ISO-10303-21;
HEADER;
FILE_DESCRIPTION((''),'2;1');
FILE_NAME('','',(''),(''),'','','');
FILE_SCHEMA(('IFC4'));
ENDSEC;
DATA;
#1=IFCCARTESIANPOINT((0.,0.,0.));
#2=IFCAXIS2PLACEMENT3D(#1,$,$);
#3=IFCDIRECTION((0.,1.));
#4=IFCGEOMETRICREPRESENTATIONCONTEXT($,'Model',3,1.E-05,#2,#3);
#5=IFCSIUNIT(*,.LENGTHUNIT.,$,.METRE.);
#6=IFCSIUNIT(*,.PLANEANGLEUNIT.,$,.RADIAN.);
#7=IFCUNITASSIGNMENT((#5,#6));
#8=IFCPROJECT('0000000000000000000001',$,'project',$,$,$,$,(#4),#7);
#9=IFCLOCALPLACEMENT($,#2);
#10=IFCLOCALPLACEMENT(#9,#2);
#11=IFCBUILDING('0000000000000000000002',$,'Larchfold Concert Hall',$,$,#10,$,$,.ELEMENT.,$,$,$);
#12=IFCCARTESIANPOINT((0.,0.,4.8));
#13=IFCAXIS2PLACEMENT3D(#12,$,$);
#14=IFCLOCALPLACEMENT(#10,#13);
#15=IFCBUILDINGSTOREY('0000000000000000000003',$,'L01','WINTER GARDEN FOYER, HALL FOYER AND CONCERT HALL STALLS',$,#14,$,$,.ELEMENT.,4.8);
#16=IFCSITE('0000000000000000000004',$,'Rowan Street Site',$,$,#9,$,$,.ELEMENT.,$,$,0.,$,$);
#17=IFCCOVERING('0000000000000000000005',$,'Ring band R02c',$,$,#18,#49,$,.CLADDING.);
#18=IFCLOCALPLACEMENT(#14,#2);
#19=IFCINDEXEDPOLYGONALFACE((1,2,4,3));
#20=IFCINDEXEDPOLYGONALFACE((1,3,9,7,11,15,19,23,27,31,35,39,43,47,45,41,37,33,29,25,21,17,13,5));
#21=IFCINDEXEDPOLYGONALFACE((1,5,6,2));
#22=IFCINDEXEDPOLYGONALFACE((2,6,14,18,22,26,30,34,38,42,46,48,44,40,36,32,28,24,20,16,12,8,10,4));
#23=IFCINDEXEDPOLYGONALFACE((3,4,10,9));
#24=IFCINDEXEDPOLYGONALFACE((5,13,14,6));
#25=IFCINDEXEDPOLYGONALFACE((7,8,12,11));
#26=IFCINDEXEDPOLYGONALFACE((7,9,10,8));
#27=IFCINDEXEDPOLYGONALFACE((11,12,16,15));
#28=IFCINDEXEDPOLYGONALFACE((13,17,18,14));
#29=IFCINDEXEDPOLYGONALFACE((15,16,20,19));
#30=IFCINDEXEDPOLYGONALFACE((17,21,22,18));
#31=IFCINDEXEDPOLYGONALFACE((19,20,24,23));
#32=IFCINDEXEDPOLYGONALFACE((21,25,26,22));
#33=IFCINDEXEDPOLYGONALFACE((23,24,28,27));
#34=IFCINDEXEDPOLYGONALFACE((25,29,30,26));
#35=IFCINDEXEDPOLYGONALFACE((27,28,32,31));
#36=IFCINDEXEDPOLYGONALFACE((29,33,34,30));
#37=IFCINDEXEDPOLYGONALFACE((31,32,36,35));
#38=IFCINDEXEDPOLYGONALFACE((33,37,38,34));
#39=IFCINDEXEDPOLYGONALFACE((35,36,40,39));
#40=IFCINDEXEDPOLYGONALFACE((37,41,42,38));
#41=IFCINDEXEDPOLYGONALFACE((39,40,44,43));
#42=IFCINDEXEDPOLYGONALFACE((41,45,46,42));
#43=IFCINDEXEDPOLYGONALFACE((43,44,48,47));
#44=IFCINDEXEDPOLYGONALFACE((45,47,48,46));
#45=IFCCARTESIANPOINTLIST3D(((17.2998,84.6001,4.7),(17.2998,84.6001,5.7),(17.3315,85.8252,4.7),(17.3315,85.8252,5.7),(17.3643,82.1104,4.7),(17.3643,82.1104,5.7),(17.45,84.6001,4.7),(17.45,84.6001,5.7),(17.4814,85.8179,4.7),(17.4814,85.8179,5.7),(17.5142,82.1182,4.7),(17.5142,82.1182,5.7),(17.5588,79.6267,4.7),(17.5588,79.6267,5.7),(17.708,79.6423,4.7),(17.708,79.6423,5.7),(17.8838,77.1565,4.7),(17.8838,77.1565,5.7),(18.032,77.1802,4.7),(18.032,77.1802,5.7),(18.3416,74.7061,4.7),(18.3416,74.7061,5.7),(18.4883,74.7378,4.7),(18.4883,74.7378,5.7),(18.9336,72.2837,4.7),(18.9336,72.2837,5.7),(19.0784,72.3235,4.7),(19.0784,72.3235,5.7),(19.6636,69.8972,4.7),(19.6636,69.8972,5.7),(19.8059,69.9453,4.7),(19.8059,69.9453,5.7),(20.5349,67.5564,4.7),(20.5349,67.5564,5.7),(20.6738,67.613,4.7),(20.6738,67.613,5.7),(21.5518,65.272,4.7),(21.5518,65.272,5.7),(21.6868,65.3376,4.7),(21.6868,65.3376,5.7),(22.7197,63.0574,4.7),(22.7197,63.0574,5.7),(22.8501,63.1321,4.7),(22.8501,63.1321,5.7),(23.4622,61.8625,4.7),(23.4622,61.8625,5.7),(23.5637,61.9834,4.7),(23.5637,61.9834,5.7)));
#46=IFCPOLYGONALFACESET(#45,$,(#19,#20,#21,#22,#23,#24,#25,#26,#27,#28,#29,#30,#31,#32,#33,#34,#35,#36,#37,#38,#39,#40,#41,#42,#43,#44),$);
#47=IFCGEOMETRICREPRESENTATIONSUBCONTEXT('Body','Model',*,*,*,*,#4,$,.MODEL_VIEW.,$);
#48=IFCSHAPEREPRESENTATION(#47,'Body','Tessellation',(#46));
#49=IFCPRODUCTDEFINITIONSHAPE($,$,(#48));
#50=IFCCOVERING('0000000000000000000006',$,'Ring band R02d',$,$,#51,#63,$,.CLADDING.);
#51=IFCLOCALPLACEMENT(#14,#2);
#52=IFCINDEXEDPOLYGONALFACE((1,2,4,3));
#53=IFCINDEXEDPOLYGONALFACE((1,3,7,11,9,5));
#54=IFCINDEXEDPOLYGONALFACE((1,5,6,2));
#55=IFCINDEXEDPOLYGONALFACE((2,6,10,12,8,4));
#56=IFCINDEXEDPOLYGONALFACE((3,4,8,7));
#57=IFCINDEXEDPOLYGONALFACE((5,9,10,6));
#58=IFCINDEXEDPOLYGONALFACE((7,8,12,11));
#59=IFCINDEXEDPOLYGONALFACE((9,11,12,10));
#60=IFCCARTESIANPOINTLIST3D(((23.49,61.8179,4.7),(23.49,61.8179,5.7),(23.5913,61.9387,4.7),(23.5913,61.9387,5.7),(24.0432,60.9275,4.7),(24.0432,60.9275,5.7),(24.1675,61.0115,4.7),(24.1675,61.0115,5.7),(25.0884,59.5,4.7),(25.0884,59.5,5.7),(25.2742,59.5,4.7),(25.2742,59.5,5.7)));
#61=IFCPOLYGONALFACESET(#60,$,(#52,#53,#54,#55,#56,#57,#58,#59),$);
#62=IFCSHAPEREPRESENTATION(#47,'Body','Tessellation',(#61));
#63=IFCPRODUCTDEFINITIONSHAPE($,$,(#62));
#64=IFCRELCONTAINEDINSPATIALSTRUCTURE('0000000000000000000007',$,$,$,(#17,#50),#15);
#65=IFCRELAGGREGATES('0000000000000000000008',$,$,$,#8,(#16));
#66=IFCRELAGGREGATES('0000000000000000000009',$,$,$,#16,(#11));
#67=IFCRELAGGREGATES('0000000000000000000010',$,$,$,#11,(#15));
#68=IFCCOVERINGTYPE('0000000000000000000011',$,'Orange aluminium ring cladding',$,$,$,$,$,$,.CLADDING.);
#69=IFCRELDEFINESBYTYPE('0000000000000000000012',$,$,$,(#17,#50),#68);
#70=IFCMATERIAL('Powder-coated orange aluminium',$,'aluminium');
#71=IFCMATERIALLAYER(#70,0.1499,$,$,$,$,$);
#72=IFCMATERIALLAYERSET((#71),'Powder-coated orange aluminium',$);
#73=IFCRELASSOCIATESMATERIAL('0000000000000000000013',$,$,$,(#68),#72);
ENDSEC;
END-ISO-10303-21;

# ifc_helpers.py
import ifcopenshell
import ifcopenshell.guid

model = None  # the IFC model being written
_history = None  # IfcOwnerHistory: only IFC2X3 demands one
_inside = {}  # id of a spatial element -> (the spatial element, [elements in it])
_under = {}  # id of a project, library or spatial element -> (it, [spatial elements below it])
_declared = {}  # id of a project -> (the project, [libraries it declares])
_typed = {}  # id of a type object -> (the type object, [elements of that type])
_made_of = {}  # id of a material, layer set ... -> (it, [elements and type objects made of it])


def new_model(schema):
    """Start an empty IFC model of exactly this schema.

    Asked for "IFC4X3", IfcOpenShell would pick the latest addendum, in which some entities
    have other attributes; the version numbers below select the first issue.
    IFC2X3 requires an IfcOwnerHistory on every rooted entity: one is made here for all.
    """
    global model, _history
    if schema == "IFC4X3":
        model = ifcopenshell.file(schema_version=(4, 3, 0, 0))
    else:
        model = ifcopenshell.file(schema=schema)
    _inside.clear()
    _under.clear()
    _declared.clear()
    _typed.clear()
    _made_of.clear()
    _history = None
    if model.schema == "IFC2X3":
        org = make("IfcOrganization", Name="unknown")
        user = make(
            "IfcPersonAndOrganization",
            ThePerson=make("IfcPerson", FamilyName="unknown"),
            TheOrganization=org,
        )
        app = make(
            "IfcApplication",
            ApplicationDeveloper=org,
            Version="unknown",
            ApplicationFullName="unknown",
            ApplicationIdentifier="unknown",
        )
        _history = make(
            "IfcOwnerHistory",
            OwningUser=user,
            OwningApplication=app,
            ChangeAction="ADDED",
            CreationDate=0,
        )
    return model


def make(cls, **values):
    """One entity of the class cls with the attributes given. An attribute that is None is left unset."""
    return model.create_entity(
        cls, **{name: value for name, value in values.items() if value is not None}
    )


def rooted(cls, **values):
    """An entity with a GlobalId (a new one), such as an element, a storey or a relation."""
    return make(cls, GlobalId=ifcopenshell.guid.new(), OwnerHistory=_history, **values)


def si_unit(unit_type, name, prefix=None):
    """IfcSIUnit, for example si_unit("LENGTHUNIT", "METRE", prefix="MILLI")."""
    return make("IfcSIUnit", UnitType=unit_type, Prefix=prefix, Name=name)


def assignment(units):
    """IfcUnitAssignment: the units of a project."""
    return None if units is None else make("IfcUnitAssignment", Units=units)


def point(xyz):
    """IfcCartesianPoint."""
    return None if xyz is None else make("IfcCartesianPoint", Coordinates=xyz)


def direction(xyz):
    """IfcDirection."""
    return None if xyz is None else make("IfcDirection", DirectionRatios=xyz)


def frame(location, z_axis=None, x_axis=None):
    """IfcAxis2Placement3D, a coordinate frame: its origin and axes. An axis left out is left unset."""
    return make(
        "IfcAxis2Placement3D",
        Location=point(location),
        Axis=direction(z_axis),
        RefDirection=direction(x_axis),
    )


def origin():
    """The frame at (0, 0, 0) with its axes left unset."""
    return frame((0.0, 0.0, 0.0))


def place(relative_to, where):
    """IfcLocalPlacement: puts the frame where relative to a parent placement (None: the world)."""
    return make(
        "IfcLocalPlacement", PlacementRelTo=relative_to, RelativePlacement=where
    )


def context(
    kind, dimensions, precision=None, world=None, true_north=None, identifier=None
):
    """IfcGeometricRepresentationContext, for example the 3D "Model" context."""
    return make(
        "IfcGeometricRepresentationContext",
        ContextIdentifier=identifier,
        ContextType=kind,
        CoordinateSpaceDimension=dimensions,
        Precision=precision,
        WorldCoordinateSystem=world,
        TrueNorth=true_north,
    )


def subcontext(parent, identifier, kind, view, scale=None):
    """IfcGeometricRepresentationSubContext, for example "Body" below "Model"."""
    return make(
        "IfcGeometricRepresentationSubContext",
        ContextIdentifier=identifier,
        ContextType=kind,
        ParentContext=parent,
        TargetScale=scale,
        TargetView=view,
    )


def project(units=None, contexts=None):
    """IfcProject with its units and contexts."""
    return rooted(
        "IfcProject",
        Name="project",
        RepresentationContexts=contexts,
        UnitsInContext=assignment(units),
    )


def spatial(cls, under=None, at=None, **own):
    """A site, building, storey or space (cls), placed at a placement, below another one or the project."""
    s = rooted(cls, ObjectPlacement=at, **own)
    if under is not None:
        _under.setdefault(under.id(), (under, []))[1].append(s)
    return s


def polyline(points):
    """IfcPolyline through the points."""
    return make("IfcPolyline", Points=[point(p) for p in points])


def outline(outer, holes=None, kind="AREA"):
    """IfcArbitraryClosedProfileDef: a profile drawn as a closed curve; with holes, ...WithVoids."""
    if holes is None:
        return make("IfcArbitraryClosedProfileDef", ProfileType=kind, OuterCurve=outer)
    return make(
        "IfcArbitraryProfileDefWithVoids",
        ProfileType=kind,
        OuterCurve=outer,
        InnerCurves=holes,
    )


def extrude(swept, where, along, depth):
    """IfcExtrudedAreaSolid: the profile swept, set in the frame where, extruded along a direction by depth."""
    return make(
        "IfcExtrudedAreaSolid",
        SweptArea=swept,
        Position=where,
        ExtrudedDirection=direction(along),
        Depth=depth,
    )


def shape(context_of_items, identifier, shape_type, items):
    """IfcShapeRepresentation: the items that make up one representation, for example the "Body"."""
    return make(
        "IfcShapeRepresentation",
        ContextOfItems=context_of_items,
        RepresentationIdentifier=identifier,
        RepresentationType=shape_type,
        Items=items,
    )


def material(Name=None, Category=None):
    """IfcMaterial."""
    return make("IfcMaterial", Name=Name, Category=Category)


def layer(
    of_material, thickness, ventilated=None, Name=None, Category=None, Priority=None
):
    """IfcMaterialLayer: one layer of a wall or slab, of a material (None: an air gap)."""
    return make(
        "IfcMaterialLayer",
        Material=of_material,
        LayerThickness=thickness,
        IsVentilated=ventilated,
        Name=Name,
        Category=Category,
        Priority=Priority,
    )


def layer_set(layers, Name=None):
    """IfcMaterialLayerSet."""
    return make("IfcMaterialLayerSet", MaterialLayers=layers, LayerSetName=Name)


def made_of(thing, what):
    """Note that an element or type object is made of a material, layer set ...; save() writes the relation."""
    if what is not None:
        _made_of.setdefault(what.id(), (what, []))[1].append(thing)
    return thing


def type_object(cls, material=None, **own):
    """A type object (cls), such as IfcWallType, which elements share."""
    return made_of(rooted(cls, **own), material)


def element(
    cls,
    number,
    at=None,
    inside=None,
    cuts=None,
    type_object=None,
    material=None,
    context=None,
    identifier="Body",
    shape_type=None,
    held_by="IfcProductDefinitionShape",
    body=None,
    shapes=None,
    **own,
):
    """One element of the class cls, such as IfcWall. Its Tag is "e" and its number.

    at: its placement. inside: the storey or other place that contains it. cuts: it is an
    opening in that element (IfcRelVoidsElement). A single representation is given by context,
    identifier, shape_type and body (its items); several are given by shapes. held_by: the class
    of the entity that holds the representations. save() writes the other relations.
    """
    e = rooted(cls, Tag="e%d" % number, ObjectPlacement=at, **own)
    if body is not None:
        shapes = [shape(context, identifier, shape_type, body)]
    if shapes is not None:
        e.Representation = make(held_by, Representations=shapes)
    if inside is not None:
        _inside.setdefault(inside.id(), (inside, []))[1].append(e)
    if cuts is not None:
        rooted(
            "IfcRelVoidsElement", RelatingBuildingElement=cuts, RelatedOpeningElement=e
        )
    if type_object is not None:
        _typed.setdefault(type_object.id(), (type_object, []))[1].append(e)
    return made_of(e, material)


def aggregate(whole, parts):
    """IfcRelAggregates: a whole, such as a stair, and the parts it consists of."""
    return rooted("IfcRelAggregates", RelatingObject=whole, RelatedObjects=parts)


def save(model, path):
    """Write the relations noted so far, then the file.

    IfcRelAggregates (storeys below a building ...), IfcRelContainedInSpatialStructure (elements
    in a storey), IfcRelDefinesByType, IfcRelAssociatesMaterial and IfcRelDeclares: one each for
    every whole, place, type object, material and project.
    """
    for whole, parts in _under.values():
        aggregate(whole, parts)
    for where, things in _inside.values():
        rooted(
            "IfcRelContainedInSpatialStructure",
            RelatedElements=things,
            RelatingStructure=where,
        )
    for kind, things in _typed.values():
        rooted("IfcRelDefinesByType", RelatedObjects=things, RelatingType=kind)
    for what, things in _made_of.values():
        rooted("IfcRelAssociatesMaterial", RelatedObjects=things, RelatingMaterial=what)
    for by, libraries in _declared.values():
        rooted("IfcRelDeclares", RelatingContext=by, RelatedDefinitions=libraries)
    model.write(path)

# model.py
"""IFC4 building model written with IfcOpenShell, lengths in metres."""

from ifc_helpers import new_model, si_unit, direction, frame, origin, place, context, subcontext, project, spatial, polyline, outline, extrude, material, layer, layer_set, type_object, element, save


model = new_model("IFC4")

# Units and contexts
model_context = context("Model", 3, precision=1e-05, world=origin(), true_north=direction((0.0, 1.0)))
body_context = subcontext(model_context, "Body", "Model", "MODEL_VIEW")
ifc_project = project(units=[si_unit("LENGTHUNIT", "METRE"), si_unit("PLANEANGLEUNIT", "RADIAN")], contexts=[model_context])

# Site, building, storey
site_placement = place(None, origin())
site = spatial("IfcSite", under=ifc_project, at=site_placement, Name="Rowan Street Site", CompositionType="ELEMENT", RefElevation=0.0)
building_placement = place(site_placement, origin())
building = spatial("IfcBuilding", under=site, at=building_placement, Name="Larchfold Concert Hall", CompositionType="ELEMENT")
storey_placement = place(building_placement, frame((0.0, 0.0, 4.8)))
storey = spatial("IfcBuildingStorey", under=building, at=storey_placement, Name="L01", Description="WINTER GARDEN FOYER, HALL FOYER AND CONCERT HALL STALLS", CompositionType="ELEMENT", Elevation=4.8)

# Coverings
ifc_material_1 = material(Name="Powder-coated orange aluminium", Category="aluminium")
ifc_layer_1 = layer(ifc_material_1, 0.1499)
ifc_layer_set_1 = layer_set([ifc_layer_1], Name="Powder-coated orange aluminium")
covering_type_1 = type_object("IfcCoveringType", Name="Orange aluminium ring cladding", PredefinedType="CLADDING", material=ifc_layer_set_1)
covering_1_placement = place(storey_placement, frame((0.0, 0.0, 4.7)))
element("IfcCovering", 1, at=covering_1_placement, inside=storey, type_object=covering_type_1, Name="Ring band R02c", PredefinedType="CLADDING", context=body_context, shape_type="SweptSolid", body=[
    extrude(outline(polyline([(17.45, 84.6001), (17.4814, 85.8179), (17.3315, 85.8252), (17.2998, 84.6001), (17.3643, 82.1104), (17.5588, 79.6267), (17.8838, 77.1565), (18.3416, 74.7061), (18.9336, 72.2837), (19.6636, 69.8972), (20.5349, 67.5564), (21.5518, 65.272), (22.7197, 63.0574), (23.4622, 61.8625), (23.5637, 61.9834), (22.8501, 63.1321), (21.6868, 65.3376), (20.6738, 67.613), (19.8059, 69.9453), (19.0784, 72.3235), (18.4883, 74.7378), (18.032, 77.1802), (17.708, 79.6423), (17.5142, 82.1182), (17.45, 84.6001)])), origin(), (0.0, 0.0, 1.0), 1.0),
])
covering_2_placement = place(storey_placement, frame((0.0, 0.0, 4.7)))
element("IfcCovering", 2, at=covering_2_placement, inside=storey, type_object=covering_type_1, Name="Ring band R02d", PredefinedType="CLADDING", context=body_context, shape_type="SweptSolid", body=[
    extrude(outline(polyline([(23.5913, 61.9387), (23.49, 61.8179), (24.0432, 60.9275), (25.0884, 59.5), (25.2742, 59.5), (24.1675, 61.0115), (23.5913, 61.9387)])), origin(), (0.0, 0.0, 1.0), 1.0),
])

save(model, "model.ifc")
